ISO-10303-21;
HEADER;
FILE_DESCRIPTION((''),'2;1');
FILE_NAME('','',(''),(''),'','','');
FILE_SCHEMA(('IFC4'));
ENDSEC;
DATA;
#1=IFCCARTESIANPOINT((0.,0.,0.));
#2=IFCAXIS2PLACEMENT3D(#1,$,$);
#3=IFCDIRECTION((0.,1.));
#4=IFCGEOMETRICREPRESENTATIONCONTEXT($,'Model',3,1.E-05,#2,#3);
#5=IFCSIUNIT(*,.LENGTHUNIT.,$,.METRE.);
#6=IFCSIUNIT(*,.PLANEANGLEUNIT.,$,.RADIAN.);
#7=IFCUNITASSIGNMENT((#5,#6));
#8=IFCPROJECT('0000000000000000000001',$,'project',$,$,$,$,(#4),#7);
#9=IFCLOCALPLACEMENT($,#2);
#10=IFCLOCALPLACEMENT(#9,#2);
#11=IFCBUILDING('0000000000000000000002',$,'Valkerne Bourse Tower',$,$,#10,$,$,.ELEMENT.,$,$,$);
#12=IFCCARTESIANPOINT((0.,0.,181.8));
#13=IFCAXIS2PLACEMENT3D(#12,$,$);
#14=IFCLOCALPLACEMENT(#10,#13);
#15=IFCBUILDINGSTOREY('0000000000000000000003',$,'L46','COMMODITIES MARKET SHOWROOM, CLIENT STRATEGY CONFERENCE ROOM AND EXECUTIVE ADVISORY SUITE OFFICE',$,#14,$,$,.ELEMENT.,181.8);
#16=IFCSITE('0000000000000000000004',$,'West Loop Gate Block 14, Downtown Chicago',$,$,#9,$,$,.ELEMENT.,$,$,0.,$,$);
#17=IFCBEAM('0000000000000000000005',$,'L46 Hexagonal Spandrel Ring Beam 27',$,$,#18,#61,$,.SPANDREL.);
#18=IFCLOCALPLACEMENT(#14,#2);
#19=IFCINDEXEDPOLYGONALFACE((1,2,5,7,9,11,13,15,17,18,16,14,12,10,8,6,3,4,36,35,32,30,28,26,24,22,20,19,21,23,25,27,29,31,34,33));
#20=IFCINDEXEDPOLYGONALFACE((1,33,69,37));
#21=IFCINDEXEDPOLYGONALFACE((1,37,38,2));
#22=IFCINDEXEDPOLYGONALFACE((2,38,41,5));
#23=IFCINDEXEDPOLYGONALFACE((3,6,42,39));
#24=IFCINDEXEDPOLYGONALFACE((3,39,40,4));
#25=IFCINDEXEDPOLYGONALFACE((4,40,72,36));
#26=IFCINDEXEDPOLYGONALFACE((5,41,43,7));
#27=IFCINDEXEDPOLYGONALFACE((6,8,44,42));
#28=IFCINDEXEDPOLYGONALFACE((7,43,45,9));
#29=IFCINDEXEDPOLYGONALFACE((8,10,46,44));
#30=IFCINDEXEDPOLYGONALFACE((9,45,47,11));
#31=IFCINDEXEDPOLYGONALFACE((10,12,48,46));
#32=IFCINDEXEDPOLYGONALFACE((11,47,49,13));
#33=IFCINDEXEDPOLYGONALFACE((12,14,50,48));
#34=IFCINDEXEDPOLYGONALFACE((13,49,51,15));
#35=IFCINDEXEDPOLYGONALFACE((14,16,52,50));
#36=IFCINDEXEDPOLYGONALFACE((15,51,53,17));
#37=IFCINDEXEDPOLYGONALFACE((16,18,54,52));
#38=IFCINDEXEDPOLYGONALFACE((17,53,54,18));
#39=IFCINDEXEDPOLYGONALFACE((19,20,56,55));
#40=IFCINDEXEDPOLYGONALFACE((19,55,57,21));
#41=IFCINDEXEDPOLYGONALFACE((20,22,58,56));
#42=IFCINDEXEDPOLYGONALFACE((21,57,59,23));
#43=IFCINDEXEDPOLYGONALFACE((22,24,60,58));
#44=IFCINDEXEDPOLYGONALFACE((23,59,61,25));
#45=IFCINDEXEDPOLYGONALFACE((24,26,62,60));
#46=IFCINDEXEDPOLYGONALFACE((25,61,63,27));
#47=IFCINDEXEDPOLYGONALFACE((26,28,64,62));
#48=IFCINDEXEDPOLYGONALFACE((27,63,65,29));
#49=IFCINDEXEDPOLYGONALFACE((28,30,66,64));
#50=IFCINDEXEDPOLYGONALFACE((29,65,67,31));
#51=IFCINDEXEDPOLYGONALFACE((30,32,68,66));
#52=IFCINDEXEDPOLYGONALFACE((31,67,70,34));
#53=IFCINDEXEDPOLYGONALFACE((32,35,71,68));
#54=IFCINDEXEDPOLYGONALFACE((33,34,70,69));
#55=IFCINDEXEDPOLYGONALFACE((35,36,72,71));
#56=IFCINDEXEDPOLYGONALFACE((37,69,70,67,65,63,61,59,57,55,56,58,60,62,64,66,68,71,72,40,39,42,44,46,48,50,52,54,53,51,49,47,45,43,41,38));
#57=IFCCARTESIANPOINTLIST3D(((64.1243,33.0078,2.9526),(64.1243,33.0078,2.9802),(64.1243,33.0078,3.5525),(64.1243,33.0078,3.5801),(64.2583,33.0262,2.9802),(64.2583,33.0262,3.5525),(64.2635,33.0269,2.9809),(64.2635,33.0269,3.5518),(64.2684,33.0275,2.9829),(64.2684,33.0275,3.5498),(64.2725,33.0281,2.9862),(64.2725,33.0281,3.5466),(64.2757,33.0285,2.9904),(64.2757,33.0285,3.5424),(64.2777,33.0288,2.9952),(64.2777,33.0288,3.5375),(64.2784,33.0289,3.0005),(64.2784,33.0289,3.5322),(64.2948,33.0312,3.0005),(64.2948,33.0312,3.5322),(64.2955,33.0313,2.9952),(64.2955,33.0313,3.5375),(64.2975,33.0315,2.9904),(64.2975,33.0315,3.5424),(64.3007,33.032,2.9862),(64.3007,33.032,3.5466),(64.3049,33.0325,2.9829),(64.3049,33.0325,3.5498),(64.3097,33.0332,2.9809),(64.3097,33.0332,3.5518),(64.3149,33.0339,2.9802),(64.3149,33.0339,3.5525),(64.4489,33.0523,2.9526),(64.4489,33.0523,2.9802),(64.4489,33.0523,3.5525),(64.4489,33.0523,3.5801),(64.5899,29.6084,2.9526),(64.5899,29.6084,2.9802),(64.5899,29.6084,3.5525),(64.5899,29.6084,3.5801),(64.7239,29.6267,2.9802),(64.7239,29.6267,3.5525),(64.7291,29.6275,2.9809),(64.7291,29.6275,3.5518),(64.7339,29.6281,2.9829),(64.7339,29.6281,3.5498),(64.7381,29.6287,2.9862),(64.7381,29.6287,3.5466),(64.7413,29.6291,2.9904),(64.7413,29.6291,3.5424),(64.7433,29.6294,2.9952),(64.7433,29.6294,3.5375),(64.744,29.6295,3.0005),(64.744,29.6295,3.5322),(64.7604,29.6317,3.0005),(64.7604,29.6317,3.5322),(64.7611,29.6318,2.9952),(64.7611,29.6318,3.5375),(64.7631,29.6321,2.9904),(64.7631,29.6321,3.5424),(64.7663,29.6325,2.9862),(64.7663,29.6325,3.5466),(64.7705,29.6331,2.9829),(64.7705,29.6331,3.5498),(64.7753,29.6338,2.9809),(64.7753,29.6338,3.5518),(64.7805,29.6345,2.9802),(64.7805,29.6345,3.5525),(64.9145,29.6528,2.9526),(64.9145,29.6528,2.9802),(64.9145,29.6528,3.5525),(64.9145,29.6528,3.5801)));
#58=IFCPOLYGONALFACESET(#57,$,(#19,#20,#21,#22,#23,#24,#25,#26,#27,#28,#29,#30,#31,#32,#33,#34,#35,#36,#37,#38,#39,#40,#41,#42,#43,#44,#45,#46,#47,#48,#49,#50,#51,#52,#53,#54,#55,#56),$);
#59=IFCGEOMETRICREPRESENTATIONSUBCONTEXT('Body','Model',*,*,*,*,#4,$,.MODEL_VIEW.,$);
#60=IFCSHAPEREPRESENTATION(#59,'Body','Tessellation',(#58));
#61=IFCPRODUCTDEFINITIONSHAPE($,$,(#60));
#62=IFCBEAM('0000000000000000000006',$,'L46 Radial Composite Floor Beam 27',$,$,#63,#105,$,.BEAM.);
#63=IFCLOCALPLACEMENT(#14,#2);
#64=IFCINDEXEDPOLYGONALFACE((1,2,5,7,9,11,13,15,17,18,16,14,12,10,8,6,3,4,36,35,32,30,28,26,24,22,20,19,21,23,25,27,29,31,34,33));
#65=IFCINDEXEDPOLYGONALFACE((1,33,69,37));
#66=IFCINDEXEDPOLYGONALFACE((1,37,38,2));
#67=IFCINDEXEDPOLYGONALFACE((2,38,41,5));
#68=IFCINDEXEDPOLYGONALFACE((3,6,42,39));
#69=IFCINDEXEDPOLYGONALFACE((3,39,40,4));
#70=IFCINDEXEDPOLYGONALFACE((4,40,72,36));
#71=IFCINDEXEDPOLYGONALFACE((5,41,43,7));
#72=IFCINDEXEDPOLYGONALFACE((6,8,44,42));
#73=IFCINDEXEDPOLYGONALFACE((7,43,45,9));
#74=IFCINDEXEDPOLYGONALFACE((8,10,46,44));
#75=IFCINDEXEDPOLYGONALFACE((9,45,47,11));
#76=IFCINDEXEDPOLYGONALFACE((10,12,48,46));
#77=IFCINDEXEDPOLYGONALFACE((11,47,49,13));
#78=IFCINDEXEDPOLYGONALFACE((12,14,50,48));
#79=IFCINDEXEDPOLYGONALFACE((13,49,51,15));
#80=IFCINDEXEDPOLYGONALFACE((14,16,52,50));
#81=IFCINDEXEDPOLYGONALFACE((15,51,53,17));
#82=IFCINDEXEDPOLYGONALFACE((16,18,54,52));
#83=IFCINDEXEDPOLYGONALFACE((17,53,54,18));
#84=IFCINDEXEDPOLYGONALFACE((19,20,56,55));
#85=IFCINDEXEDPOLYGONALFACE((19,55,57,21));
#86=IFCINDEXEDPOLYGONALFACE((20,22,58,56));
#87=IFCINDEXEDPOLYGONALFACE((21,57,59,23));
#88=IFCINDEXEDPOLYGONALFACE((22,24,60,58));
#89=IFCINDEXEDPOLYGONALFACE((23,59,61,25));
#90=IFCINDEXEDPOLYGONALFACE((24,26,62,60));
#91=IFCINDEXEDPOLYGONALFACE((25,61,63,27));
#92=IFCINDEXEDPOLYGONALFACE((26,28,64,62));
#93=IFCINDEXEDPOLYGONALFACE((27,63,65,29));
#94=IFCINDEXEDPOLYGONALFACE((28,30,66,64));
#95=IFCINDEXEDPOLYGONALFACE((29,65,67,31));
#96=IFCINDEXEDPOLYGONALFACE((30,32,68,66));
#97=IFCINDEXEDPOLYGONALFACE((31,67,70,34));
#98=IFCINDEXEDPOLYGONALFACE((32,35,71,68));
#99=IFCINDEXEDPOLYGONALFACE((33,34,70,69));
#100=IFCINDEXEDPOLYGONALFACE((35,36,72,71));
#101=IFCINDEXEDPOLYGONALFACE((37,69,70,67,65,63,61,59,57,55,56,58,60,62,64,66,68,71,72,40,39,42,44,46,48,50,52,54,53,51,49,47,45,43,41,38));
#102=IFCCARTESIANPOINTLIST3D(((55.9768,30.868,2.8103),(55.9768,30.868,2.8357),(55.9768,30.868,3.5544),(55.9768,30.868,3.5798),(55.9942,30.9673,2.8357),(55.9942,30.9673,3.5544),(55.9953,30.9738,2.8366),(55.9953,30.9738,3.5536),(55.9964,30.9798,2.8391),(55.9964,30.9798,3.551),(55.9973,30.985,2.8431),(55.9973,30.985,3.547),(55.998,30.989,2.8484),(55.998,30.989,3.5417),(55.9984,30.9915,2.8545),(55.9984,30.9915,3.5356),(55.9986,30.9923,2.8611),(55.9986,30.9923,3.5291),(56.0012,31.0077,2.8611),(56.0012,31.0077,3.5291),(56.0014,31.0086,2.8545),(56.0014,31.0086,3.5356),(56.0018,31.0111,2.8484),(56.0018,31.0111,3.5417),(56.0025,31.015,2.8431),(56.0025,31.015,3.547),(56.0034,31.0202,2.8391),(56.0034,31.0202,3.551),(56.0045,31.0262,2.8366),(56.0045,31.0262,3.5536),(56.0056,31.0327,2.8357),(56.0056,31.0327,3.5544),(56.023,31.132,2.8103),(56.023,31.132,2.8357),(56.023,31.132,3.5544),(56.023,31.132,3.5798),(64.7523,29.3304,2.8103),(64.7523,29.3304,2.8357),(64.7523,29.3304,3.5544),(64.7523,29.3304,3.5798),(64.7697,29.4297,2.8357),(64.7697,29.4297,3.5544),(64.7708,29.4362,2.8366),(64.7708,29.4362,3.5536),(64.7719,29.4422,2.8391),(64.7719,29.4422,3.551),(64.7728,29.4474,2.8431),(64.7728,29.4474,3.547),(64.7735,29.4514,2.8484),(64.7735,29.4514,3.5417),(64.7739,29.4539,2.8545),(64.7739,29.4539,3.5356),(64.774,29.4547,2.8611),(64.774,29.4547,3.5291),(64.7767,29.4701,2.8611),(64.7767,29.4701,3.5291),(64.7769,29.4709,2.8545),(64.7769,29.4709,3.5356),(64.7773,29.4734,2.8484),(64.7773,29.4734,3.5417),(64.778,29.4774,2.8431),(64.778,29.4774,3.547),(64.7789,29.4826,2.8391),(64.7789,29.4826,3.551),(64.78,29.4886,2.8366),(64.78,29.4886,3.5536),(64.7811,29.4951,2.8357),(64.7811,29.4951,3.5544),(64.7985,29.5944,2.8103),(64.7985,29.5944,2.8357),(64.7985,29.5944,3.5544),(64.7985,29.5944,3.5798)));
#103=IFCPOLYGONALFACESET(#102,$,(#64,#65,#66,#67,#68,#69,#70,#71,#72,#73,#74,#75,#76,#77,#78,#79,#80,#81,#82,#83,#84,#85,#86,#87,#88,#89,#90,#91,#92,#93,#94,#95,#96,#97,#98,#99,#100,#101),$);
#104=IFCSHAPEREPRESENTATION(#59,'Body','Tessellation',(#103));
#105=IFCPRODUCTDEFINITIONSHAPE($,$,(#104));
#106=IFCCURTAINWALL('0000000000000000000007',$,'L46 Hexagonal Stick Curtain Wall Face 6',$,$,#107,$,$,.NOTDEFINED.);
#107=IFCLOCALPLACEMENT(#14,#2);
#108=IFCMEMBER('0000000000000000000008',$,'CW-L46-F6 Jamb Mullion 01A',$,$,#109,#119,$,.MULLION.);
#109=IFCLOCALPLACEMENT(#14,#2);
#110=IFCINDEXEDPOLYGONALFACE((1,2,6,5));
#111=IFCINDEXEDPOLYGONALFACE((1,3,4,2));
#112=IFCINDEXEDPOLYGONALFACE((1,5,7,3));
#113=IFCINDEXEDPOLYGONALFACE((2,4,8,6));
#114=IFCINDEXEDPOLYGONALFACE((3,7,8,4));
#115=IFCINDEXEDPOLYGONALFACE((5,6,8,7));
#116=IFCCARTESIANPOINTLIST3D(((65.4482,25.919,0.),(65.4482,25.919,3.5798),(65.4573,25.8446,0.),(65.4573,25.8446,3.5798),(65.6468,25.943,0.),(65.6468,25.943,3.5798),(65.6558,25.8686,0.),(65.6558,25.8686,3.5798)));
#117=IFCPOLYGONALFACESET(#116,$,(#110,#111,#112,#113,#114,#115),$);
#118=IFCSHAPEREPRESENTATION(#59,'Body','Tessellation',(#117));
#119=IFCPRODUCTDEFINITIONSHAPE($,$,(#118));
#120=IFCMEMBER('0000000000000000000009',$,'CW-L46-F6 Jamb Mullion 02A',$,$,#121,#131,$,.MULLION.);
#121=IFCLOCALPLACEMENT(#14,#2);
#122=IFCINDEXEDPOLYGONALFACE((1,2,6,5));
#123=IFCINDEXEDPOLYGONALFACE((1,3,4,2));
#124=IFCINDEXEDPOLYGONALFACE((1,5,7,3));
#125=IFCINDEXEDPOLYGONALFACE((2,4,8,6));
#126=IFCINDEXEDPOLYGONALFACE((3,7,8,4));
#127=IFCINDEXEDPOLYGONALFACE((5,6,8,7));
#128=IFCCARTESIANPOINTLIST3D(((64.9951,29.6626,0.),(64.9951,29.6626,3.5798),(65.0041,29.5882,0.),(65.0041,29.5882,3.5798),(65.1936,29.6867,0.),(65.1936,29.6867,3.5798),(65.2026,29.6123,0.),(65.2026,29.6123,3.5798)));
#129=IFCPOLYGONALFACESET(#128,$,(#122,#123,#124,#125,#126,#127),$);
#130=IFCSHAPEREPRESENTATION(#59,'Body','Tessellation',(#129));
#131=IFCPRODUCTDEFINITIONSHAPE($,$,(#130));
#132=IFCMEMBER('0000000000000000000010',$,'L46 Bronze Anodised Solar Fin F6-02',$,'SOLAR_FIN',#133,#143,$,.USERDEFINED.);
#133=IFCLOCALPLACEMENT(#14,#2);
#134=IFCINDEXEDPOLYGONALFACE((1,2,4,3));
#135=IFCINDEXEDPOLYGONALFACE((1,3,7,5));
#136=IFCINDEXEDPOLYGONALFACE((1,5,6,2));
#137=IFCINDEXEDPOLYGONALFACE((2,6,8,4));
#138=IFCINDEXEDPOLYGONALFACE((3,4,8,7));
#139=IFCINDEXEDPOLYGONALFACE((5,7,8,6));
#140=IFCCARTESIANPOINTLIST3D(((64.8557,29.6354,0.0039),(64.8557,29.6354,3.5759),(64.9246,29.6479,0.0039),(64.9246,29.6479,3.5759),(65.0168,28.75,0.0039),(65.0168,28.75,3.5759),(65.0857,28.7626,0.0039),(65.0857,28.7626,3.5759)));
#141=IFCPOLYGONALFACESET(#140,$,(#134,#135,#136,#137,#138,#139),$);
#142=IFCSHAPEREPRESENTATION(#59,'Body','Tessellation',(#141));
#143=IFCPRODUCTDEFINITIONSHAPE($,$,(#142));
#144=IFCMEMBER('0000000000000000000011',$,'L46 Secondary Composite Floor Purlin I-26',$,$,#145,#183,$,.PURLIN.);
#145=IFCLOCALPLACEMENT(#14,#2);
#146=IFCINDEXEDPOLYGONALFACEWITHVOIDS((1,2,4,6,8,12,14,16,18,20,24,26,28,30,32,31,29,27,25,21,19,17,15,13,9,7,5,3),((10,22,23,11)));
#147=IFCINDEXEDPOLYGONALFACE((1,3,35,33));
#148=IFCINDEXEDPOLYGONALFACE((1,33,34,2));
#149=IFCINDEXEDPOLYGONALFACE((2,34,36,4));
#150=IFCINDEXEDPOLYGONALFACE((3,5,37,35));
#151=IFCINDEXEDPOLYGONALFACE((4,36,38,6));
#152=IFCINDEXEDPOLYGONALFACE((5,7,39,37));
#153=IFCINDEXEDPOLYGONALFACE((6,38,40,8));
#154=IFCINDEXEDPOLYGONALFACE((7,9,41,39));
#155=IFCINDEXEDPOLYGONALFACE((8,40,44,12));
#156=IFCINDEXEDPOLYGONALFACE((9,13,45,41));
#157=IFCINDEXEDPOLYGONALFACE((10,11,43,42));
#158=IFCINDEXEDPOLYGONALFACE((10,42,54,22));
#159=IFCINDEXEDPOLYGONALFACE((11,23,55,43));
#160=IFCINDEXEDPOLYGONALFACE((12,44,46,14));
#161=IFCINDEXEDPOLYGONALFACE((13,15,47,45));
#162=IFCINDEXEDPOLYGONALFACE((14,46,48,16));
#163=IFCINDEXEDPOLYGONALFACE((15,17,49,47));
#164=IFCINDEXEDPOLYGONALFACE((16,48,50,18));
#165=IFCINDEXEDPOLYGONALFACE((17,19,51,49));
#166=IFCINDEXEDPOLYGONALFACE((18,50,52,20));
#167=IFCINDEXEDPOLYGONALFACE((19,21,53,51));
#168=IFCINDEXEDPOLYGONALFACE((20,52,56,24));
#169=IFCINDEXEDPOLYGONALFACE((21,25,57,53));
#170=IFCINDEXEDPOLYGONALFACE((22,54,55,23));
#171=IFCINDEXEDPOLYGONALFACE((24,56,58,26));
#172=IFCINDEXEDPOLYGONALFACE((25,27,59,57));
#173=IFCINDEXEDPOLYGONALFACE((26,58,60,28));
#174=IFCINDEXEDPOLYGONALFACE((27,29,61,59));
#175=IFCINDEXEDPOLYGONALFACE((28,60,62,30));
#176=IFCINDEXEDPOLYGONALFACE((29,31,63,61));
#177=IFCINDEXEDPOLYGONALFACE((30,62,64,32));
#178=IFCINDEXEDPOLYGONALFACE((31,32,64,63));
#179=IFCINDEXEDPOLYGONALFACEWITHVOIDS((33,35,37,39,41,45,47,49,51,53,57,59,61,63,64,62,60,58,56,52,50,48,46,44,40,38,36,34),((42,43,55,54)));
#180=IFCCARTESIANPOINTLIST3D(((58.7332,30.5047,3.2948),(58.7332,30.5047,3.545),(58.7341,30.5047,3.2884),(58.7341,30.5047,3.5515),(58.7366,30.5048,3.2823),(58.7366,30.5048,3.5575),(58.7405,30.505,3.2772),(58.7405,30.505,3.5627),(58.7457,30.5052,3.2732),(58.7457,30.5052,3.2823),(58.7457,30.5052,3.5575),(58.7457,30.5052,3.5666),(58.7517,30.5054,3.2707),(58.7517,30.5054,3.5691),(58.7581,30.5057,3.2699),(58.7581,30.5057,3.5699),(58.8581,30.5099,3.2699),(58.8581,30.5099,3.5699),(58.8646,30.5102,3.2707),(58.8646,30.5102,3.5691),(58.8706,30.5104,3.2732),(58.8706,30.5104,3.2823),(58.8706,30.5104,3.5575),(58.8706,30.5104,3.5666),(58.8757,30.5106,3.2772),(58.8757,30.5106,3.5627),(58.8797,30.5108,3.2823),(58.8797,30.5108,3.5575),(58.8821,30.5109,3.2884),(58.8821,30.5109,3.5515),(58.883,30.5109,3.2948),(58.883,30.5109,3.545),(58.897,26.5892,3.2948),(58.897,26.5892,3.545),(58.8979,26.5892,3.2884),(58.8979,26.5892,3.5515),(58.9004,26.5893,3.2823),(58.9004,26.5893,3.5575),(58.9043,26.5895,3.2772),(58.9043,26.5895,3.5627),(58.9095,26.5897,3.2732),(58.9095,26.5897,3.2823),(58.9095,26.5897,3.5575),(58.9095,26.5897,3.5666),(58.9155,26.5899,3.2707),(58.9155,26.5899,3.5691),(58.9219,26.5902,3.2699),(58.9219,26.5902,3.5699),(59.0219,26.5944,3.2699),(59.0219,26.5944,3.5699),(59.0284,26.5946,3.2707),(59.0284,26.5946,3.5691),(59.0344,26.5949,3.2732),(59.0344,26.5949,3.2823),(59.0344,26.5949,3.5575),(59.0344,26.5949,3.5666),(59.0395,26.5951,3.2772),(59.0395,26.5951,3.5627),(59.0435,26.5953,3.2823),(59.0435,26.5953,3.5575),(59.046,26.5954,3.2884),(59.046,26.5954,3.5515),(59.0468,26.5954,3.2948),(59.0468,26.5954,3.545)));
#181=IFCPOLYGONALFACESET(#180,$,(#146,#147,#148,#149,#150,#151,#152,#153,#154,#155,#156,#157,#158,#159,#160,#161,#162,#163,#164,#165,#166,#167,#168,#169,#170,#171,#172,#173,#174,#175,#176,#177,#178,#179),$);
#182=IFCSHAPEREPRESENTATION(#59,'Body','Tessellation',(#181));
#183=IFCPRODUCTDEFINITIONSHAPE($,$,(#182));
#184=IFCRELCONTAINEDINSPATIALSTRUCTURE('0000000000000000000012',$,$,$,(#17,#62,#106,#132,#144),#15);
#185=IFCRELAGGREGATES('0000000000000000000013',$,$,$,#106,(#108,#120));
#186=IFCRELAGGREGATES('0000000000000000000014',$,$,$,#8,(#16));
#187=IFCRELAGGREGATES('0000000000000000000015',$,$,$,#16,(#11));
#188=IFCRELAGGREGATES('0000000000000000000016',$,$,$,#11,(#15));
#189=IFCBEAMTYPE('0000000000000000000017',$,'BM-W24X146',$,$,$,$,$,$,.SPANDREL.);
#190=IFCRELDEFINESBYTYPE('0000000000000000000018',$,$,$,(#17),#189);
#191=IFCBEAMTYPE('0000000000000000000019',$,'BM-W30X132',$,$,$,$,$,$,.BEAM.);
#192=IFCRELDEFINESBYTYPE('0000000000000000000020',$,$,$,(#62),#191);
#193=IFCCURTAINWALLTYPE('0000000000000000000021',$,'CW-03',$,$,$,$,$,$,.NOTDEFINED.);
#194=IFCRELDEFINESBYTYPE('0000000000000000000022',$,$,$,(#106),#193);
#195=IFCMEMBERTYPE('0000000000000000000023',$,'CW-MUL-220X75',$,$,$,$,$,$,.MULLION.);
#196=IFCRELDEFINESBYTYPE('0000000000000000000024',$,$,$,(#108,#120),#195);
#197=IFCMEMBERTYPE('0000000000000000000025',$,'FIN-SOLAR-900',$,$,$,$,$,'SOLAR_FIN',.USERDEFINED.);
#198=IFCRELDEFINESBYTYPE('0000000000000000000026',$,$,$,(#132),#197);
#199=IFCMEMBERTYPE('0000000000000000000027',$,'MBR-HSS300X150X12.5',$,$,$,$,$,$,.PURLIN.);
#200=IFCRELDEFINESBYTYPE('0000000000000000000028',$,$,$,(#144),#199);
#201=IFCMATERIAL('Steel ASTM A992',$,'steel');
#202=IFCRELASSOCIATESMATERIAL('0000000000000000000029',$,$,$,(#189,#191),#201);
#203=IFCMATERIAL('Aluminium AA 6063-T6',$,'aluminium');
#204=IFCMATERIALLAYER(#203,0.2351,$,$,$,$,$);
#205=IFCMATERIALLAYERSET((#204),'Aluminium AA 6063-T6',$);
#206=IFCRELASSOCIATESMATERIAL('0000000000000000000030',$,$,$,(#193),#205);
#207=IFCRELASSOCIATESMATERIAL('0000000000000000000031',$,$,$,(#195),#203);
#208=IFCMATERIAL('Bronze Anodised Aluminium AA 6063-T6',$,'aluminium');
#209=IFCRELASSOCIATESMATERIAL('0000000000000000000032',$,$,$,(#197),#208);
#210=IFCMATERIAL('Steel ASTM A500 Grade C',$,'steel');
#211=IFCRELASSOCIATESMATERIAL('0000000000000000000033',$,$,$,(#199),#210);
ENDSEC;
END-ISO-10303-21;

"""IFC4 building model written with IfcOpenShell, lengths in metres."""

from ifc_helpers import new_model, si_unit, direction, frame, origin, origin_2d, place, context, subcontext, project, spatial, rectangle, hollow_rectangle, i_section, extrude, material, layer, layer_set, material_profile, profile_set, type_object, element, aggregate, save


model = new_model("IFC4")

# Units and contexts
model_context = context("Model", 3, precision=1e-05, world=origin(), true_north=direction((0.0, 1.0)))
body_context = subcontext(model_context, "Body", "Model", "MODEL_VIEW")
ifc_project = project(units=[si_unit("LENGTHUNIT", "METRE"), si_unit("PLANEANGLEUNIT", "RADIAN")], contexts=[model_context])

# Site, building, storey
site_placement = place(None, origin())
site = spatial("IfcSite", under=ifc_project, at=site_placement, Name="West Loop Gate Block 14, Downtown Chicago", CompositionType="ELEMENT", RefElevation=0.0)
building_placement = place(site_placement, origin())
building = spatial("IfcBuilding", under=site, at=building_placement, Name="Valkerne Bourse Tower", CompositionType="ELEMENT")
storey_placement = place(building_placement, frame((0.0, 0.0, 181.8)))
storey = spatial("IfcBuildingStorey", under=building, at=storey_placement, Name="L46", Description="COMMODITIES MARKET SHOWROOM, CLIENT STRATEGY CONFERENCE ROOM AND EXECUTIVE ADVISORY SUITE OFFICE", CompositionType="ELEMENT", Elevation=181.8)

# Beams
ifc_material_1 = material(Name="Steel ASTM A992", Category="steel")
ifc_material_profile_1 = material_profile(ifc_material_1, i_section(OverallWidth=0.3276, OverallDepth=0.6274, WebThickness=0.0166, FlangeThickness=0.0276, FilletRadius=0.0203, at=origin_2d()), Name="W24X146")
ifc_profile_set_1 = profile_set([ifc_material_profile_1], Name="Steel ASTM A992")
beam_type_1 = type_object("IfcBeamType", Name="BM-W24X146", PredefinedType="SPANDREL", material=ifc_profile_set_1)
for number, where, z_axis, x_axis, name in (
    (1, (64.7522, 29.6306, 3.2664), (-0.135691, 0.990751, 0.0), (-0.990751, -0.135691, 0.0), "L46 Hexagonal Spandrel Ring Beam 27"),
):
    element("IfcBeam", number, at=place(storey_placement, frame(where, z_axis=z_axis, x_axis=x_axis)), inside=storey, type_object=beam_type_1, Name=name, PredefinedType="SPANDREL", context=body_context, shape_type="SweptSolid", body=[
        extrude(i_section(OverallWidth=0.3276, OverallDepth=0.6274, WebThickness=0.0166, FlangeThickness=0.0276, FilletRadius=0.0203, at=origin_2d()), origin(), (0.0, 0.0, 1.0), 3.4312),
    ])
ifc_material_profile_2 = material_profile(ifc_material_1, i_section(OverallWidth=0.2681, OverallDepth=0.7695, WebThickness=0.0156, FlangeThickness=0.0254, FilletRadius=0.0254, at=origin_2d()), Name="W30X132")
ifc_profile_set_2 = profile_set([ifc_material_profile_2], Name="Steel ASTM A992")
beam_type_2 = type_object("IfcBeamType", Name="BM-W30X132", PredefinedType="BEAM", material=ifc_profile_set_2)
beam_placement = place(storey_placement, frame((64.7754, 29.4624, 3.1951), z_axis=(-0.984994, 0.172588, 0.0), x_axis=(-0.172588, -0.984994, 0.0)))
element("IfcBeam", 2, at=beam_placement, inside=storey, type_object=beam_type_2, Name="L46 Radial Composite Floor Beam 27", PredefinedType="BEAM", context=body_context, shape_type="SweptSolid", body=[
    extrude(i_section(OverallWidth=0.2681, OverallDepth=0.7695, WebThickness=0.0156, FlangeThickness=0.0254, FilletRadius=0.0254, at=origin_2d()), origin(), (0.0, 0.0, 1.0), 8.9092),
])

# Curtain wall, members
ifc_material_2 = material(Name="Aluminium AA 6063-T6", Category="aluminium")
ifc_layer_1 = layer(ifc_material_2, 0.2351)
ifc_layer_set_1 = layer_set([ifc_layer_1], Name="Aluminium AA 6063-T6")
curtain_wall_type = type_object("IfcCurtainWallType", Name="CW-03", PredefinedType="NOTDEFINED", material=ifc_layer_set_1)
curtain_wall_placement = place(storey_placement, origin())
curtain_wall = element("IfcCurtainWall", 3, at=curtain_wall_placement, inside=storey, type_object=curtain_wall_type, Name="L46 Hexagonal Stick Curtain Wall Face 6", PredefinedType="NOTDEFINED")
ifc_material_profile_3 = material_profile(ifc_material_2, rectangle(XDim=0.075, YDim=0.2, at=origin_2d()), Name="CWM-75X200")
ifc_profile_set_3 = profile_set([ifc_material_profile_3], Name="Aluminium AA 6063-T6")
member_type_1 = type_object("IfcMemberType", Name="CW-MUL-220X75", PredefinedType="MULLION", material=ifc_profile_set_3)
member_1_placement = place(storey_placement, frame((65.552, 25.8938, 0.0), z_axis=(0.0, 0.0, 1.0), x_axis=(-0.120153, 0.992755, 0.0)))
member_1 = element("IfcMember", 4, at=member_1_placement, type_object=member_type_1, Name="CW-L46-F6 Jamb Mullion 01A", PredefinedType="MULLION", context=body_context, shape_type="SweptSolid", body=[
    extrude(rectangle(XDim=0.075, YDim=0.2, at=origin_2d()), origin(), (0.0, 0.0, 1.0), 3.5798),
])
member_2_placement = place(storey_placement, frame((65.0989, 29.6375, 0.0), z_axis=(0.0, 0.0, 1.0), x_axis=(-0.120127, 0.992759, 0.0)))
member_2 = element("IfcMember", 5, at=member_2_placement, type_object=member_type_1, Name="CW-L46-F6 Jamb Mullion 02A", PredefinedType="MULLION", context=body_context, shape_type="SweptSolid", body=[
    extrude(rectangle(XDim=0.075, YDim=0.2, at=origin_2d()), origin(), (0.0, 0.0, 1.0), 3.5798),
])

# Members
ifc_material_3 = material(Name="Bronze Anodised Aluminium AA 6063-T6", Category="aluminium")
ifc_material_profile_4 = material_profile(ifc_material_3, rectangle(XDim=0.0701, YDim=0.8999, at=origin_2d()), Name="FIN-70X900")
ifc_profile_set_4 = profile_set([ifc_material_profile_4], Name="Bronze Anodised Aluminium AA 6063-T6")
member_type_2 = type_object("IfcMemberType", Name="FIN-SOLAR-900", ElementType="SOLAR_FIN", PredefinedType="USERDEFINED", material=ifc_profile_set_4)
member_3_placement = place(storey_placement, frame((64.9707, 29.199, 0.0039), z_axis=(0.0, 0.0, 1.0), x_axis=(0.983853, 0.178977, 0.0)))
element("IfcMember", 6, at=member_3_placement, inside=storey, type_object=member_type_2, Name="L46 Bronze Anodised Solar Fin F6-02", ObjectType="SOLAR_FIN", PredefinedType="USERDEFINED", context=body_context, shape_type="SweptSolid", body=[
    extrude(rectangle(XDim=0.0701, YDim=0.8999, at=origin_2d()), origin(), (0.0, 0.0, 1.0), 3.572),
])
ifc_material_4 = material(Name="Steel ASTM A500 Grade C", Category="steel")
ifc_material_profile_5 = material_profile(ifc_material_4, hollow_rectangle(XDim=0.1499, YDim=0.3, WallThickness=0.0125, OuterFilletRadius=0.0249, at=origin_2d()), Name="HSS300X150X12.5")
ifc_profile_set_5 = profile_set([ifc_material_profile_5], Name="Steel ASTM A500 Grade C")
member_type_3 = type_object("IfcMemberType", Name="MBR-HSS300X150X12.5", PredefinedType="PURLIN", material=ifc_profile_set_5)
member_4_placement = place(storey_placement, frame((58.9719, 26.5923, 3.4199), z_axis=(-0.041802, 0.999126, 0.0), x_axis=(-0.999126, -0.041802, 0.0)))
element("IfcMember", 7, at=member_4_placement, inside=storey, type_object=member_type_3, Name="L46 Secondary Composite Floor Purlin I-26", PredefinedType="PURLIN", context=body_context, shape_type="SweptSolid", body=[
    extrude(hollow_rectangle(XDim=0.1499, YDim=0.3, WallThickness=0.0125, OuterFilletRadius=0.0249, at=origin_2d()), origin(), (0.0, 0.0, 1.0), 3.9189),
])

aggregate(curtain_wall, [member_1, member_2])

save(model, "model.ifc")
